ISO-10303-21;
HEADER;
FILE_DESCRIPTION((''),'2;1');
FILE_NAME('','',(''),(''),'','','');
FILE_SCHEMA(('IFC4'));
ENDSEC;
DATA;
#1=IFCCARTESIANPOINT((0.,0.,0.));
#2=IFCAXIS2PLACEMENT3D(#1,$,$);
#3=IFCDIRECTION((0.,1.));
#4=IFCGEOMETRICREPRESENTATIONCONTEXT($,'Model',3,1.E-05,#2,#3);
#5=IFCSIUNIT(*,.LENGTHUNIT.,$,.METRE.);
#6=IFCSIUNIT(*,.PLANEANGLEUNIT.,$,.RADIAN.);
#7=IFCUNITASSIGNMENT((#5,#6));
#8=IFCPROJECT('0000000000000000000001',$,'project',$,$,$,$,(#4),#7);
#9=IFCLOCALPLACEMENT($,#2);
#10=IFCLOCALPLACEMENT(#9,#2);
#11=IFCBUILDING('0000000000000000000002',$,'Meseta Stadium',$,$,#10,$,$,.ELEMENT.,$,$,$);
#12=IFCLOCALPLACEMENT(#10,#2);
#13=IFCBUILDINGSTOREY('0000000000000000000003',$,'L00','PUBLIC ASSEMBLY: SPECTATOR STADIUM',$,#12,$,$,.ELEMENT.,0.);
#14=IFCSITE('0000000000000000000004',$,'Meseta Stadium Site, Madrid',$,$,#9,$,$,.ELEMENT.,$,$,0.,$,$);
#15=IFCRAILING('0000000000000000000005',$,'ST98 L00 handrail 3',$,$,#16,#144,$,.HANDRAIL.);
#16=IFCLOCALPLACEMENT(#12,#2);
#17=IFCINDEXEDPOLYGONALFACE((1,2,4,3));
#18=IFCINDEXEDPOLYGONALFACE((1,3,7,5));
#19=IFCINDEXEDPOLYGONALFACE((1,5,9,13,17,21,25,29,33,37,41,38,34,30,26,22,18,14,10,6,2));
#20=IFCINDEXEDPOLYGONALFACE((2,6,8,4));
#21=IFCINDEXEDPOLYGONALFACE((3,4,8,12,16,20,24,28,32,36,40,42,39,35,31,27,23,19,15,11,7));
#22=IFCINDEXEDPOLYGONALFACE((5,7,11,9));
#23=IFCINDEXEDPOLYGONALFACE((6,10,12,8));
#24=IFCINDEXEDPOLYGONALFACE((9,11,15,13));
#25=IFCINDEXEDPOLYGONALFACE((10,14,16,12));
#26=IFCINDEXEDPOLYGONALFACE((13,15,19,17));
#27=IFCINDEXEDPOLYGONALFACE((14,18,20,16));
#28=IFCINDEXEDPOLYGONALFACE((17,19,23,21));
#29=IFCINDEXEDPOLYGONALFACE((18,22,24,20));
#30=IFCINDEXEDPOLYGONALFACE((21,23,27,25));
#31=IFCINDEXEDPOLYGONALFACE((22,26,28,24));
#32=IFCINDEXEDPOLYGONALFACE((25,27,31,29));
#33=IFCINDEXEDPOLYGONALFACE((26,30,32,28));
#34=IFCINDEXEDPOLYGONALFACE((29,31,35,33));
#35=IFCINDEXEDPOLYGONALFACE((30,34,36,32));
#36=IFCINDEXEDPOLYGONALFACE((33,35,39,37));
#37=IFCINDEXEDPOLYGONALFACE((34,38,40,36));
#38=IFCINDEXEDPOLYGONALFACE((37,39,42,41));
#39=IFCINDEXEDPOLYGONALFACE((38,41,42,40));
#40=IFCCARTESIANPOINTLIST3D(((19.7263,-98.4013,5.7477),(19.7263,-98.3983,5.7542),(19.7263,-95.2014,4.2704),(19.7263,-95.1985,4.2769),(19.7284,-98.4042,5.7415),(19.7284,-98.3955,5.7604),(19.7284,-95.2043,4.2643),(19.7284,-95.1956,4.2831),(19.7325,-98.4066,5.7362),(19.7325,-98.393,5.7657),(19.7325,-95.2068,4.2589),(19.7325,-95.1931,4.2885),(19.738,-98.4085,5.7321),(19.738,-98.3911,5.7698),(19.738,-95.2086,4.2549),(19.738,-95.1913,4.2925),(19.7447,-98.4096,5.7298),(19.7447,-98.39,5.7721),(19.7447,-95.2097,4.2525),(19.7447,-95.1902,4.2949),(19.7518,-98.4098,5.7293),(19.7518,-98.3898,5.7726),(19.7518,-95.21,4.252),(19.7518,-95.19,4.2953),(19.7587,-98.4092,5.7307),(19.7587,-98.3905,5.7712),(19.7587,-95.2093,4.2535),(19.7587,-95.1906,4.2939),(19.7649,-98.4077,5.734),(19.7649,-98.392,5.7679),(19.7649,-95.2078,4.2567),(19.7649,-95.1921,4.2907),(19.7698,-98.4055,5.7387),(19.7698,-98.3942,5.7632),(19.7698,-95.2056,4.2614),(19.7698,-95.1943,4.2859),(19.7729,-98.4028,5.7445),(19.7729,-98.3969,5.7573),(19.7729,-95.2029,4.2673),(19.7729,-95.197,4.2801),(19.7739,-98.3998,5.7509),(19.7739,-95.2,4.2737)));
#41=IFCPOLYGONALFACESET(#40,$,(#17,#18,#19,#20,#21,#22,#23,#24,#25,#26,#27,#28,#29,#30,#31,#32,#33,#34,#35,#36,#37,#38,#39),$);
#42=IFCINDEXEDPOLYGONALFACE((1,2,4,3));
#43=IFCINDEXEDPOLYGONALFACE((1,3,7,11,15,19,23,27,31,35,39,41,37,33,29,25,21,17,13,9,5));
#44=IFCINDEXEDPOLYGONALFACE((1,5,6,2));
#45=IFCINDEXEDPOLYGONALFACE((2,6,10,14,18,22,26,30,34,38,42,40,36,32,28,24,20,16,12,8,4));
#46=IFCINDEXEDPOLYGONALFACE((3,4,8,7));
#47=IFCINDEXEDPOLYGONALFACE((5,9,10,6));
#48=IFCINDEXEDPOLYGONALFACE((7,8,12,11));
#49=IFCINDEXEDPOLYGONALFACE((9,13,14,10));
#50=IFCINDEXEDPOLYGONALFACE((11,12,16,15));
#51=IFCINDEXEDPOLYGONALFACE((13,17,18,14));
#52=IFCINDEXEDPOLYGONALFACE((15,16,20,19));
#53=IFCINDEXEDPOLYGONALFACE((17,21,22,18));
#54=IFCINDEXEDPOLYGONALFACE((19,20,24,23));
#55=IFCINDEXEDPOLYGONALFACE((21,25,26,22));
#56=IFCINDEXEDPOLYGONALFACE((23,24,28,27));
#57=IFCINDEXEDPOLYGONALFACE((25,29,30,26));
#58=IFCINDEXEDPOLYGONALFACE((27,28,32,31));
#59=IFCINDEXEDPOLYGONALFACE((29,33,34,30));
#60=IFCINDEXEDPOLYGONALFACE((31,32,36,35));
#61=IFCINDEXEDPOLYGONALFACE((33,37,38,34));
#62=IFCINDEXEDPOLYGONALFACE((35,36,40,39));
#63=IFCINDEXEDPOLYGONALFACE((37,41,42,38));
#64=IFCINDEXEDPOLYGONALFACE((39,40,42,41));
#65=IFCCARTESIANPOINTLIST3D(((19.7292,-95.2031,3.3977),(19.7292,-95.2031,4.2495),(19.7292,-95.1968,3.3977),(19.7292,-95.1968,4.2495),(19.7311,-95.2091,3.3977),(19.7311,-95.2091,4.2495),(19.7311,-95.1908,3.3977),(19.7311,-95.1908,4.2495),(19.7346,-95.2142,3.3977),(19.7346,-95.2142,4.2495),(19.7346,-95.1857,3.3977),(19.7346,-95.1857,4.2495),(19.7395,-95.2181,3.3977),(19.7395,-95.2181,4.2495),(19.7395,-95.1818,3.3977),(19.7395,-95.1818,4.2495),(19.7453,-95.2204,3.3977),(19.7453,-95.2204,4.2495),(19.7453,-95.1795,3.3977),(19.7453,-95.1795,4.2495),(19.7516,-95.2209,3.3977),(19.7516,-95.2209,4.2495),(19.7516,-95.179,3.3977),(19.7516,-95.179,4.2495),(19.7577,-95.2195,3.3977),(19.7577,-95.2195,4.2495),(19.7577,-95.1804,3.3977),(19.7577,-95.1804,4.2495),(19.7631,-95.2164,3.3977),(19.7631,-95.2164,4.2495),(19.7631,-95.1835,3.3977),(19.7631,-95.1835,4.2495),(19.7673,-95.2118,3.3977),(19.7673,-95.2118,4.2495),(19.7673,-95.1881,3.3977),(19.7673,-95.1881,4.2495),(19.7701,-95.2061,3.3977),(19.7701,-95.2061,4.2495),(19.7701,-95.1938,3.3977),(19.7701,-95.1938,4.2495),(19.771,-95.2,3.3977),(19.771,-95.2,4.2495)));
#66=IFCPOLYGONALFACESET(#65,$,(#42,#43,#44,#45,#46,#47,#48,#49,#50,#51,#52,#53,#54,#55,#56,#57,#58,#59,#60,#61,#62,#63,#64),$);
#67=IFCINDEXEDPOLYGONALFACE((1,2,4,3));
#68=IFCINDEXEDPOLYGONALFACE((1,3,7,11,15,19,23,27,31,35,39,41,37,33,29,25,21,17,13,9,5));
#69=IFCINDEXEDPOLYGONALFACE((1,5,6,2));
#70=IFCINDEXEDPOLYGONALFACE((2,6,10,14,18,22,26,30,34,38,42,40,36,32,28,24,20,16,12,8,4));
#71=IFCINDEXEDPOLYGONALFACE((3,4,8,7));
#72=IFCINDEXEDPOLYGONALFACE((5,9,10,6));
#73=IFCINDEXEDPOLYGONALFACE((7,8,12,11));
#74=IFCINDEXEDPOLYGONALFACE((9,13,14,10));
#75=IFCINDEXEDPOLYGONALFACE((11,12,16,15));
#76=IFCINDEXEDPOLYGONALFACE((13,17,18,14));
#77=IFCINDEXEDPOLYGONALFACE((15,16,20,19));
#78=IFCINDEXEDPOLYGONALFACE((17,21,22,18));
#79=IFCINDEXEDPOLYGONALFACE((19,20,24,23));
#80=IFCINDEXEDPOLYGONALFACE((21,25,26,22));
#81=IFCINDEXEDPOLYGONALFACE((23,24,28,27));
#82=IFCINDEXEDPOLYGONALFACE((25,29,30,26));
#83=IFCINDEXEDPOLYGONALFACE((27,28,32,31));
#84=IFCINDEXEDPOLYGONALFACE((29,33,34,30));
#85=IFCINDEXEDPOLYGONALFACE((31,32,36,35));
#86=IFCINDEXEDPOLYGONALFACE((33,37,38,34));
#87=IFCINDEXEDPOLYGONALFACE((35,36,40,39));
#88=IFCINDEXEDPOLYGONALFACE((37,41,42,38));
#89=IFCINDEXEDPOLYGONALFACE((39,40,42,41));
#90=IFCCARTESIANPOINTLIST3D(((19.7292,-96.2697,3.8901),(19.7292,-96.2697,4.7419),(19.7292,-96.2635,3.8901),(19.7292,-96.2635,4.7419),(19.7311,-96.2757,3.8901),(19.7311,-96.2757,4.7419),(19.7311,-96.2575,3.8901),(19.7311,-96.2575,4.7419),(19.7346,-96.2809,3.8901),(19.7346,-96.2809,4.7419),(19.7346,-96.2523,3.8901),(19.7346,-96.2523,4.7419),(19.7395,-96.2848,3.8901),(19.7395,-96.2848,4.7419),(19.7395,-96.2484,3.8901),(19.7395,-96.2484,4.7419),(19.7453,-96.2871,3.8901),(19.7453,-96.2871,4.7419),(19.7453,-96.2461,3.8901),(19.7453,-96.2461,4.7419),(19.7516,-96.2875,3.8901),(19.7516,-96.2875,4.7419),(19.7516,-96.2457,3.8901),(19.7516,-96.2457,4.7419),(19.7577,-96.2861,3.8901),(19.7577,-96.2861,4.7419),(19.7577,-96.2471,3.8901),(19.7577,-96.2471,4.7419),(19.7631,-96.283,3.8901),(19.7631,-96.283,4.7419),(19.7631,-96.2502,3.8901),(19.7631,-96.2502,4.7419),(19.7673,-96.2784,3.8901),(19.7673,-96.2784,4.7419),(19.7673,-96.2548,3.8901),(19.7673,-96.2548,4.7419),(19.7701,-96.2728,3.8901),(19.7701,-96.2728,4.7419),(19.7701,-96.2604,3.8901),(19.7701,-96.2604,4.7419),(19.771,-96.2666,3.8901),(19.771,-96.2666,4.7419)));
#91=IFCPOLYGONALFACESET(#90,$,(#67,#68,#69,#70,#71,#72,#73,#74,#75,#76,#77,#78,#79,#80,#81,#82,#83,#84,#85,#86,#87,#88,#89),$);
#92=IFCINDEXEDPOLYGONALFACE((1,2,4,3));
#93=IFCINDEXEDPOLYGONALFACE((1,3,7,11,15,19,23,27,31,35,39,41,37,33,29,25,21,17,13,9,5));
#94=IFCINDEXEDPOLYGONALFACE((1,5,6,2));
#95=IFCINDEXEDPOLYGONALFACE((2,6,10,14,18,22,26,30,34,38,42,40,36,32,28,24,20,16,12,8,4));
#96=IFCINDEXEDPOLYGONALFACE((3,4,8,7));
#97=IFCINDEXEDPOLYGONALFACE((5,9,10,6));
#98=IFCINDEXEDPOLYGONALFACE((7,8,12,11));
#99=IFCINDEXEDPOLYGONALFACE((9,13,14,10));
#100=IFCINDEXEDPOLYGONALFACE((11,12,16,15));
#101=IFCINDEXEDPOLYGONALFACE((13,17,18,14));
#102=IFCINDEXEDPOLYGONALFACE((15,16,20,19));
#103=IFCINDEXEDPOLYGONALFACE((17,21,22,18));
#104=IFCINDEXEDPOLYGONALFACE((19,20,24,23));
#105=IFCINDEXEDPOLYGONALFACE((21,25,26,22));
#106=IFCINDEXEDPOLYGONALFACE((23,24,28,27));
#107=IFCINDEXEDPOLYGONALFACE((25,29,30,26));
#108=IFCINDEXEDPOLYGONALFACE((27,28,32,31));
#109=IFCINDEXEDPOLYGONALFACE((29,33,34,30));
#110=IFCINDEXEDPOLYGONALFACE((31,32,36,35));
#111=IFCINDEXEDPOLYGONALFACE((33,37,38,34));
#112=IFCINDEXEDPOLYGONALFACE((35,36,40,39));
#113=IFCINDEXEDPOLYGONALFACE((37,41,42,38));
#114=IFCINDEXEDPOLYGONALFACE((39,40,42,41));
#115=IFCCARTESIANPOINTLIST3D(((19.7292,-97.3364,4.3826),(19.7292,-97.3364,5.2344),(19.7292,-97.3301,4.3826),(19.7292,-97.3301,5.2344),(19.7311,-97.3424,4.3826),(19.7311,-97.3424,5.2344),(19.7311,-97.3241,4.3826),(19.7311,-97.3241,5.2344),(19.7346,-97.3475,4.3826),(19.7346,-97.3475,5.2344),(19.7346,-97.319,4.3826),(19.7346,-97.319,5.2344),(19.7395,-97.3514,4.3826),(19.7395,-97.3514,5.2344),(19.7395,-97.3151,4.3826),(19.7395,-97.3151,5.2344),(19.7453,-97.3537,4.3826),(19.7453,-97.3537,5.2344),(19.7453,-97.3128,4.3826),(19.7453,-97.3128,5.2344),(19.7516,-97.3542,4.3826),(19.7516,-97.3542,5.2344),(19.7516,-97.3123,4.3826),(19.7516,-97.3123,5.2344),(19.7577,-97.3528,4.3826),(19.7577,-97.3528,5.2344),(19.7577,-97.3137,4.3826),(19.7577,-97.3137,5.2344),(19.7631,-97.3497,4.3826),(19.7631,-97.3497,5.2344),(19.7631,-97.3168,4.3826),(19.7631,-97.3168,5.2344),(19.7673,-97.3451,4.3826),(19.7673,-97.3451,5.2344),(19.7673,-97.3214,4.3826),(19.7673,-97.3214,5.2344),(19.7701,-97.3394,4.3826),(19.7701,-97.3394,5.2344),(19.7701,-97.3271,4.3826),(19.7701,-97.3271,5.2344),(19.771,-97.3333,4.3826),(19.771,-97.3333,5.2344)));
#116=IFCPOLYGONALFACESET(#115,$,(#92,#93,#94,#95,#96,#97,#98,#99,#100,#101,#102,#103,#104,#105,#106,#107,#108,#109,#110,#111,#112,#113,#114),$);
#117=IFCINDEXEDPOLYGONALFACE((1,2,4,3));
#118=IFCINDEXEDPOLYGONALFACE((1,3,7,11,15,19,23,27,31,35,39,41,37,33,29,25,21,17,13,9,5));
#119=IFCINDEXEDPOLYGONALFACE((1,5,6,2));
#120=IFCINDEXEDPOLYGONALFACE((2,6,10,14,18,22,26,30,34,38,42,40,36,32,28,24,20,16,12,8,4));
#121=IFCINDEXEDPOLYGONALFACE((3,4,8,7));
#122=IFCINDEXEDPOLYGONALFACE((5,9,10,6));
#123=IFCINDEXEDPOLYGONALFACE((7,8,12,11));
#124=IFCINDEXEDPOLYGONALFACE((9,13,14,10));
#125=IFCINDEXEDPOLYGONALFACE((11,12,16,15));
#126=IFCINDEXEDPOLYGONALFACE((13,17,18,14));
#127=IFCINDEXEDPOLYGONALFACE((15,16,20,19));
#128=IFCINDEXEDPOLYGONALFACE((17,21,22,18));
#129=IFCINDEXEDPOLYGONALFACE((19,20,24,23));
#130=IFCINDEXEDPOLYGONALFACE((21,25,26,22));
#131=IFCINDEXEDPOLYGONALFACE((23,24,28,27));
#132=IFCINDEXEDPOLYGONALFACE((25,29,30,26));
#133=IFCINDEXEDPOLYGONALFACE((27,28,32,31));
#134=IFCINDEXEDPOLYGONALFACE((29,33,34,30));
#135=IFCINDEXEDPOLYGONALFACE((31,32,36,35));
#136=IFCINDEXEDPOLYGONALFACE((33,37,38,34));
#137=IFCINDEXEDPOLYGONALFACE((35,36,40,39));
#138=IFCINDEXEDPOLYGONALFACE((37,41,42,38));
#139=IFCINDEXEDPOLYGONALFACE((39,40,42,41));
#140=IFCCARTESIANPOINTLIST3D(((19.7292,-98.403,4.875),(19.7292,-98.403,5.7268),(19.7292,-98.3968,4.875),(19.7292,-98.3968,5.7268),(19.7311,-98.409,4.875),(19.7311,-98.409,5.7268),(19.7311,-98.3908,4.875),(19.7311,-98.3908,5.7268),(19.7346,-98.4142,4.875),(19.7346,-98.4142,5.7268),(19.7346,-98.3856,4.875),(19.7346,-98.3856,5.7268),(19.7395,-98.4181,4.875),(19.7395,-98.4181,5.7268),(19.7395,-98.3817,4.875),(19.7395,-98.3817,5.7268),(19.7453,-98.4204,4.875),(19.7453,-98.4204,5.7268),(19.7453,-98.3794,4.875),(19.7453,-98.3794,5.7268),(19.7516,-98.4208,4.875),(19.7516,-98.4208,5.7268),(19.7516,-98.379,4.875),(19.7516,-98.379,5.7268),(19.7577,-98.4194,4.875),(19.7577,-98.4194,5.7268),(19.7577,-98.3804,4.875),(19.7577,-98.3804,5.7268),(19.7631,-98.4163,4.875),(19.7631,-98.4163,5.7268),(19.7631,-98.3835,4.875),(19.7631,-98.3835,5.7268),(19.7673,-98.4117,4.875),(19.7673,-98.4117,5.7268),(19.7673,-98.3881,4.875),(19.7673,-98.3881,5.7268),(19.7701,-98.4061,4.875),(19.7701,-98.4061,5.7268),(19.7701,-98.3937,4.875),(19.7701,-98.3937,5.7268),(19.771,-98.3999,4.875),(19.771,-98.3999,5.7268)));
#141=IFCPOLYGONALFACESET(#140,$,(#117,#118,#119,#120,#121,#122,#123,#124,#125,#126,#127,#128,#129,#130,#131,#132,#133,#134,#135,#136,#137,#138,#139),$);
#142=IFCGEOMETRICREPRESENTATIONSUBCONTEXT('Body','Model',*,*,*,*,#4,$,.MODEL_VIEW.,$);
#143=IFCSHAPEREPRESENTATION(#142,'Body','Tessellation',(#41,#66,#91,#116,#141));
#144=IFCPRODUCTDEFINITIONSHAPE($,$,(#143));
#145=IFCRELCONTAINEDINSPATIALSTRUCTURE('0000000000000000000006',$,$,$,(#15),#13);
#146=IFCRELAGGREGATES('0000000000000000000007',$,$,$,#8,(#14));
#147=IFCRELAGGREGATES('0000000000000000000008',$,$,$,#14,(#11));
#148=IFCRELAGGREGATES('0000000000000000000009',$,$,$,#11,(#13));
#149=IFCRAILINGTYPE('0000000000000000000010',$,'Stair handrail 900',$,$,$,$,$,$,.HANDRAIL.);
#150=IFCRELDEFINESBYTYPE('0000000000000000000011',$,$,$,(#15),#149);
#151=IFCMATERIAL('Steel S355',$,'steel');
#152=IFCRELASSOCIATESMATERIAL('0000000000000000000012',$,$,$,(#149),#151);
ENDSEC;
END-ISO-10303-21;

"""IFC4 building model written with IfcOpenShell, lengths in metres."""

from ifc_helpers import new_model, si_unit, direction, frame, origin, origin_2d, place, context, subcontext, project, spatial, circle, extrude, material, type_object, element, save


model = new_model("IFC4")

# Units and contexts
model_context = context("Model", 3, precision=1e-05, world=origin(), true_north=direction((0.0, 1.0)))
body_context = subcontext(model_context, "Body", "Model", "MODEL_VIEW")
ifc_project = project(units=[si_unit("LENGTHUNIT", "METRE"), si_unit("PLANEANGLEUNIT", "RADIAN")], contexts=[model_context])

# Site, building, storey
site_placement = place(None, origin())
site = spatial("IfcSite", under=ifc_project, at=site_placement, Name="Meseta Stadium Site, Madrid", CompositionType="ELEMENT", RefElevation=0.0)
building_placement = place(site_placement, origin())
building = spatial("IfcBuilding", under=site, at=building_placement, Name="Meseta Stadium", CompositionType="ELEMENT")
storey_placement = place(building_placement, origin())
storey = spatial("IfcBuildingStorey", under=building, at=storey_placement, Name="L00", Description="PUBLIC ASSEMBLY: SPECTATOR STADIUM", CompositionType="ELEMENT", Elevation=0.0)

# Railing
ifc_material_1 = material(Name="Steel S355", Category="steel")
railing_type_1 = type_object("IfcRailingType", Name="Stair handrail 900", PredefinedType="HANDRAIL", material=ifc_material_1)
for number, where, name in (
    (1, (19.75, -95.2, 3.3977), "ST98 L00 handrail 3"),
):
    element("IfcRailing", number, at=place(storey_placement, frame(where)), inside=storey, type_object=railing_type_1, Name=name, PredefinedType="HANDRAIL", context=body_context, shape_type="SweptSolid", body=[
        extrude(circle(Radius=0.0239, at=origin_2d()), frame((0.0, 0.0, 0.876), z_axis=(0.0, -0.907917, 0.41915), x_axis=(1.0, 0.0, 0.0)), (0.0, 0.0, 1.0), 3.5244),
        extrude(circle(Radius=0.021, at=origin_2d()), origin(), (0.0, 0.0, 1.0), 0.8518),
        extrude(circle(Radius=0.021, at=origin_2d()), frame((0.0, -1.0667, 0.4924)), (0.0, 0.0, 1.0), 0.8518),
        extrude(circle(Radius=0.021, at=origin_2d()), frame((0.0, -2.1333, 0.9849)), (0.0, 0.0, 1.0), 0.8518),
        extrude(circle(Radius=0.021, at=origin_2d()), frame((0.0, -3.2, 1.4773)), (0.0, 0.0, 1.0), 0.8518),
    ])

save(model, "model.ifc")
